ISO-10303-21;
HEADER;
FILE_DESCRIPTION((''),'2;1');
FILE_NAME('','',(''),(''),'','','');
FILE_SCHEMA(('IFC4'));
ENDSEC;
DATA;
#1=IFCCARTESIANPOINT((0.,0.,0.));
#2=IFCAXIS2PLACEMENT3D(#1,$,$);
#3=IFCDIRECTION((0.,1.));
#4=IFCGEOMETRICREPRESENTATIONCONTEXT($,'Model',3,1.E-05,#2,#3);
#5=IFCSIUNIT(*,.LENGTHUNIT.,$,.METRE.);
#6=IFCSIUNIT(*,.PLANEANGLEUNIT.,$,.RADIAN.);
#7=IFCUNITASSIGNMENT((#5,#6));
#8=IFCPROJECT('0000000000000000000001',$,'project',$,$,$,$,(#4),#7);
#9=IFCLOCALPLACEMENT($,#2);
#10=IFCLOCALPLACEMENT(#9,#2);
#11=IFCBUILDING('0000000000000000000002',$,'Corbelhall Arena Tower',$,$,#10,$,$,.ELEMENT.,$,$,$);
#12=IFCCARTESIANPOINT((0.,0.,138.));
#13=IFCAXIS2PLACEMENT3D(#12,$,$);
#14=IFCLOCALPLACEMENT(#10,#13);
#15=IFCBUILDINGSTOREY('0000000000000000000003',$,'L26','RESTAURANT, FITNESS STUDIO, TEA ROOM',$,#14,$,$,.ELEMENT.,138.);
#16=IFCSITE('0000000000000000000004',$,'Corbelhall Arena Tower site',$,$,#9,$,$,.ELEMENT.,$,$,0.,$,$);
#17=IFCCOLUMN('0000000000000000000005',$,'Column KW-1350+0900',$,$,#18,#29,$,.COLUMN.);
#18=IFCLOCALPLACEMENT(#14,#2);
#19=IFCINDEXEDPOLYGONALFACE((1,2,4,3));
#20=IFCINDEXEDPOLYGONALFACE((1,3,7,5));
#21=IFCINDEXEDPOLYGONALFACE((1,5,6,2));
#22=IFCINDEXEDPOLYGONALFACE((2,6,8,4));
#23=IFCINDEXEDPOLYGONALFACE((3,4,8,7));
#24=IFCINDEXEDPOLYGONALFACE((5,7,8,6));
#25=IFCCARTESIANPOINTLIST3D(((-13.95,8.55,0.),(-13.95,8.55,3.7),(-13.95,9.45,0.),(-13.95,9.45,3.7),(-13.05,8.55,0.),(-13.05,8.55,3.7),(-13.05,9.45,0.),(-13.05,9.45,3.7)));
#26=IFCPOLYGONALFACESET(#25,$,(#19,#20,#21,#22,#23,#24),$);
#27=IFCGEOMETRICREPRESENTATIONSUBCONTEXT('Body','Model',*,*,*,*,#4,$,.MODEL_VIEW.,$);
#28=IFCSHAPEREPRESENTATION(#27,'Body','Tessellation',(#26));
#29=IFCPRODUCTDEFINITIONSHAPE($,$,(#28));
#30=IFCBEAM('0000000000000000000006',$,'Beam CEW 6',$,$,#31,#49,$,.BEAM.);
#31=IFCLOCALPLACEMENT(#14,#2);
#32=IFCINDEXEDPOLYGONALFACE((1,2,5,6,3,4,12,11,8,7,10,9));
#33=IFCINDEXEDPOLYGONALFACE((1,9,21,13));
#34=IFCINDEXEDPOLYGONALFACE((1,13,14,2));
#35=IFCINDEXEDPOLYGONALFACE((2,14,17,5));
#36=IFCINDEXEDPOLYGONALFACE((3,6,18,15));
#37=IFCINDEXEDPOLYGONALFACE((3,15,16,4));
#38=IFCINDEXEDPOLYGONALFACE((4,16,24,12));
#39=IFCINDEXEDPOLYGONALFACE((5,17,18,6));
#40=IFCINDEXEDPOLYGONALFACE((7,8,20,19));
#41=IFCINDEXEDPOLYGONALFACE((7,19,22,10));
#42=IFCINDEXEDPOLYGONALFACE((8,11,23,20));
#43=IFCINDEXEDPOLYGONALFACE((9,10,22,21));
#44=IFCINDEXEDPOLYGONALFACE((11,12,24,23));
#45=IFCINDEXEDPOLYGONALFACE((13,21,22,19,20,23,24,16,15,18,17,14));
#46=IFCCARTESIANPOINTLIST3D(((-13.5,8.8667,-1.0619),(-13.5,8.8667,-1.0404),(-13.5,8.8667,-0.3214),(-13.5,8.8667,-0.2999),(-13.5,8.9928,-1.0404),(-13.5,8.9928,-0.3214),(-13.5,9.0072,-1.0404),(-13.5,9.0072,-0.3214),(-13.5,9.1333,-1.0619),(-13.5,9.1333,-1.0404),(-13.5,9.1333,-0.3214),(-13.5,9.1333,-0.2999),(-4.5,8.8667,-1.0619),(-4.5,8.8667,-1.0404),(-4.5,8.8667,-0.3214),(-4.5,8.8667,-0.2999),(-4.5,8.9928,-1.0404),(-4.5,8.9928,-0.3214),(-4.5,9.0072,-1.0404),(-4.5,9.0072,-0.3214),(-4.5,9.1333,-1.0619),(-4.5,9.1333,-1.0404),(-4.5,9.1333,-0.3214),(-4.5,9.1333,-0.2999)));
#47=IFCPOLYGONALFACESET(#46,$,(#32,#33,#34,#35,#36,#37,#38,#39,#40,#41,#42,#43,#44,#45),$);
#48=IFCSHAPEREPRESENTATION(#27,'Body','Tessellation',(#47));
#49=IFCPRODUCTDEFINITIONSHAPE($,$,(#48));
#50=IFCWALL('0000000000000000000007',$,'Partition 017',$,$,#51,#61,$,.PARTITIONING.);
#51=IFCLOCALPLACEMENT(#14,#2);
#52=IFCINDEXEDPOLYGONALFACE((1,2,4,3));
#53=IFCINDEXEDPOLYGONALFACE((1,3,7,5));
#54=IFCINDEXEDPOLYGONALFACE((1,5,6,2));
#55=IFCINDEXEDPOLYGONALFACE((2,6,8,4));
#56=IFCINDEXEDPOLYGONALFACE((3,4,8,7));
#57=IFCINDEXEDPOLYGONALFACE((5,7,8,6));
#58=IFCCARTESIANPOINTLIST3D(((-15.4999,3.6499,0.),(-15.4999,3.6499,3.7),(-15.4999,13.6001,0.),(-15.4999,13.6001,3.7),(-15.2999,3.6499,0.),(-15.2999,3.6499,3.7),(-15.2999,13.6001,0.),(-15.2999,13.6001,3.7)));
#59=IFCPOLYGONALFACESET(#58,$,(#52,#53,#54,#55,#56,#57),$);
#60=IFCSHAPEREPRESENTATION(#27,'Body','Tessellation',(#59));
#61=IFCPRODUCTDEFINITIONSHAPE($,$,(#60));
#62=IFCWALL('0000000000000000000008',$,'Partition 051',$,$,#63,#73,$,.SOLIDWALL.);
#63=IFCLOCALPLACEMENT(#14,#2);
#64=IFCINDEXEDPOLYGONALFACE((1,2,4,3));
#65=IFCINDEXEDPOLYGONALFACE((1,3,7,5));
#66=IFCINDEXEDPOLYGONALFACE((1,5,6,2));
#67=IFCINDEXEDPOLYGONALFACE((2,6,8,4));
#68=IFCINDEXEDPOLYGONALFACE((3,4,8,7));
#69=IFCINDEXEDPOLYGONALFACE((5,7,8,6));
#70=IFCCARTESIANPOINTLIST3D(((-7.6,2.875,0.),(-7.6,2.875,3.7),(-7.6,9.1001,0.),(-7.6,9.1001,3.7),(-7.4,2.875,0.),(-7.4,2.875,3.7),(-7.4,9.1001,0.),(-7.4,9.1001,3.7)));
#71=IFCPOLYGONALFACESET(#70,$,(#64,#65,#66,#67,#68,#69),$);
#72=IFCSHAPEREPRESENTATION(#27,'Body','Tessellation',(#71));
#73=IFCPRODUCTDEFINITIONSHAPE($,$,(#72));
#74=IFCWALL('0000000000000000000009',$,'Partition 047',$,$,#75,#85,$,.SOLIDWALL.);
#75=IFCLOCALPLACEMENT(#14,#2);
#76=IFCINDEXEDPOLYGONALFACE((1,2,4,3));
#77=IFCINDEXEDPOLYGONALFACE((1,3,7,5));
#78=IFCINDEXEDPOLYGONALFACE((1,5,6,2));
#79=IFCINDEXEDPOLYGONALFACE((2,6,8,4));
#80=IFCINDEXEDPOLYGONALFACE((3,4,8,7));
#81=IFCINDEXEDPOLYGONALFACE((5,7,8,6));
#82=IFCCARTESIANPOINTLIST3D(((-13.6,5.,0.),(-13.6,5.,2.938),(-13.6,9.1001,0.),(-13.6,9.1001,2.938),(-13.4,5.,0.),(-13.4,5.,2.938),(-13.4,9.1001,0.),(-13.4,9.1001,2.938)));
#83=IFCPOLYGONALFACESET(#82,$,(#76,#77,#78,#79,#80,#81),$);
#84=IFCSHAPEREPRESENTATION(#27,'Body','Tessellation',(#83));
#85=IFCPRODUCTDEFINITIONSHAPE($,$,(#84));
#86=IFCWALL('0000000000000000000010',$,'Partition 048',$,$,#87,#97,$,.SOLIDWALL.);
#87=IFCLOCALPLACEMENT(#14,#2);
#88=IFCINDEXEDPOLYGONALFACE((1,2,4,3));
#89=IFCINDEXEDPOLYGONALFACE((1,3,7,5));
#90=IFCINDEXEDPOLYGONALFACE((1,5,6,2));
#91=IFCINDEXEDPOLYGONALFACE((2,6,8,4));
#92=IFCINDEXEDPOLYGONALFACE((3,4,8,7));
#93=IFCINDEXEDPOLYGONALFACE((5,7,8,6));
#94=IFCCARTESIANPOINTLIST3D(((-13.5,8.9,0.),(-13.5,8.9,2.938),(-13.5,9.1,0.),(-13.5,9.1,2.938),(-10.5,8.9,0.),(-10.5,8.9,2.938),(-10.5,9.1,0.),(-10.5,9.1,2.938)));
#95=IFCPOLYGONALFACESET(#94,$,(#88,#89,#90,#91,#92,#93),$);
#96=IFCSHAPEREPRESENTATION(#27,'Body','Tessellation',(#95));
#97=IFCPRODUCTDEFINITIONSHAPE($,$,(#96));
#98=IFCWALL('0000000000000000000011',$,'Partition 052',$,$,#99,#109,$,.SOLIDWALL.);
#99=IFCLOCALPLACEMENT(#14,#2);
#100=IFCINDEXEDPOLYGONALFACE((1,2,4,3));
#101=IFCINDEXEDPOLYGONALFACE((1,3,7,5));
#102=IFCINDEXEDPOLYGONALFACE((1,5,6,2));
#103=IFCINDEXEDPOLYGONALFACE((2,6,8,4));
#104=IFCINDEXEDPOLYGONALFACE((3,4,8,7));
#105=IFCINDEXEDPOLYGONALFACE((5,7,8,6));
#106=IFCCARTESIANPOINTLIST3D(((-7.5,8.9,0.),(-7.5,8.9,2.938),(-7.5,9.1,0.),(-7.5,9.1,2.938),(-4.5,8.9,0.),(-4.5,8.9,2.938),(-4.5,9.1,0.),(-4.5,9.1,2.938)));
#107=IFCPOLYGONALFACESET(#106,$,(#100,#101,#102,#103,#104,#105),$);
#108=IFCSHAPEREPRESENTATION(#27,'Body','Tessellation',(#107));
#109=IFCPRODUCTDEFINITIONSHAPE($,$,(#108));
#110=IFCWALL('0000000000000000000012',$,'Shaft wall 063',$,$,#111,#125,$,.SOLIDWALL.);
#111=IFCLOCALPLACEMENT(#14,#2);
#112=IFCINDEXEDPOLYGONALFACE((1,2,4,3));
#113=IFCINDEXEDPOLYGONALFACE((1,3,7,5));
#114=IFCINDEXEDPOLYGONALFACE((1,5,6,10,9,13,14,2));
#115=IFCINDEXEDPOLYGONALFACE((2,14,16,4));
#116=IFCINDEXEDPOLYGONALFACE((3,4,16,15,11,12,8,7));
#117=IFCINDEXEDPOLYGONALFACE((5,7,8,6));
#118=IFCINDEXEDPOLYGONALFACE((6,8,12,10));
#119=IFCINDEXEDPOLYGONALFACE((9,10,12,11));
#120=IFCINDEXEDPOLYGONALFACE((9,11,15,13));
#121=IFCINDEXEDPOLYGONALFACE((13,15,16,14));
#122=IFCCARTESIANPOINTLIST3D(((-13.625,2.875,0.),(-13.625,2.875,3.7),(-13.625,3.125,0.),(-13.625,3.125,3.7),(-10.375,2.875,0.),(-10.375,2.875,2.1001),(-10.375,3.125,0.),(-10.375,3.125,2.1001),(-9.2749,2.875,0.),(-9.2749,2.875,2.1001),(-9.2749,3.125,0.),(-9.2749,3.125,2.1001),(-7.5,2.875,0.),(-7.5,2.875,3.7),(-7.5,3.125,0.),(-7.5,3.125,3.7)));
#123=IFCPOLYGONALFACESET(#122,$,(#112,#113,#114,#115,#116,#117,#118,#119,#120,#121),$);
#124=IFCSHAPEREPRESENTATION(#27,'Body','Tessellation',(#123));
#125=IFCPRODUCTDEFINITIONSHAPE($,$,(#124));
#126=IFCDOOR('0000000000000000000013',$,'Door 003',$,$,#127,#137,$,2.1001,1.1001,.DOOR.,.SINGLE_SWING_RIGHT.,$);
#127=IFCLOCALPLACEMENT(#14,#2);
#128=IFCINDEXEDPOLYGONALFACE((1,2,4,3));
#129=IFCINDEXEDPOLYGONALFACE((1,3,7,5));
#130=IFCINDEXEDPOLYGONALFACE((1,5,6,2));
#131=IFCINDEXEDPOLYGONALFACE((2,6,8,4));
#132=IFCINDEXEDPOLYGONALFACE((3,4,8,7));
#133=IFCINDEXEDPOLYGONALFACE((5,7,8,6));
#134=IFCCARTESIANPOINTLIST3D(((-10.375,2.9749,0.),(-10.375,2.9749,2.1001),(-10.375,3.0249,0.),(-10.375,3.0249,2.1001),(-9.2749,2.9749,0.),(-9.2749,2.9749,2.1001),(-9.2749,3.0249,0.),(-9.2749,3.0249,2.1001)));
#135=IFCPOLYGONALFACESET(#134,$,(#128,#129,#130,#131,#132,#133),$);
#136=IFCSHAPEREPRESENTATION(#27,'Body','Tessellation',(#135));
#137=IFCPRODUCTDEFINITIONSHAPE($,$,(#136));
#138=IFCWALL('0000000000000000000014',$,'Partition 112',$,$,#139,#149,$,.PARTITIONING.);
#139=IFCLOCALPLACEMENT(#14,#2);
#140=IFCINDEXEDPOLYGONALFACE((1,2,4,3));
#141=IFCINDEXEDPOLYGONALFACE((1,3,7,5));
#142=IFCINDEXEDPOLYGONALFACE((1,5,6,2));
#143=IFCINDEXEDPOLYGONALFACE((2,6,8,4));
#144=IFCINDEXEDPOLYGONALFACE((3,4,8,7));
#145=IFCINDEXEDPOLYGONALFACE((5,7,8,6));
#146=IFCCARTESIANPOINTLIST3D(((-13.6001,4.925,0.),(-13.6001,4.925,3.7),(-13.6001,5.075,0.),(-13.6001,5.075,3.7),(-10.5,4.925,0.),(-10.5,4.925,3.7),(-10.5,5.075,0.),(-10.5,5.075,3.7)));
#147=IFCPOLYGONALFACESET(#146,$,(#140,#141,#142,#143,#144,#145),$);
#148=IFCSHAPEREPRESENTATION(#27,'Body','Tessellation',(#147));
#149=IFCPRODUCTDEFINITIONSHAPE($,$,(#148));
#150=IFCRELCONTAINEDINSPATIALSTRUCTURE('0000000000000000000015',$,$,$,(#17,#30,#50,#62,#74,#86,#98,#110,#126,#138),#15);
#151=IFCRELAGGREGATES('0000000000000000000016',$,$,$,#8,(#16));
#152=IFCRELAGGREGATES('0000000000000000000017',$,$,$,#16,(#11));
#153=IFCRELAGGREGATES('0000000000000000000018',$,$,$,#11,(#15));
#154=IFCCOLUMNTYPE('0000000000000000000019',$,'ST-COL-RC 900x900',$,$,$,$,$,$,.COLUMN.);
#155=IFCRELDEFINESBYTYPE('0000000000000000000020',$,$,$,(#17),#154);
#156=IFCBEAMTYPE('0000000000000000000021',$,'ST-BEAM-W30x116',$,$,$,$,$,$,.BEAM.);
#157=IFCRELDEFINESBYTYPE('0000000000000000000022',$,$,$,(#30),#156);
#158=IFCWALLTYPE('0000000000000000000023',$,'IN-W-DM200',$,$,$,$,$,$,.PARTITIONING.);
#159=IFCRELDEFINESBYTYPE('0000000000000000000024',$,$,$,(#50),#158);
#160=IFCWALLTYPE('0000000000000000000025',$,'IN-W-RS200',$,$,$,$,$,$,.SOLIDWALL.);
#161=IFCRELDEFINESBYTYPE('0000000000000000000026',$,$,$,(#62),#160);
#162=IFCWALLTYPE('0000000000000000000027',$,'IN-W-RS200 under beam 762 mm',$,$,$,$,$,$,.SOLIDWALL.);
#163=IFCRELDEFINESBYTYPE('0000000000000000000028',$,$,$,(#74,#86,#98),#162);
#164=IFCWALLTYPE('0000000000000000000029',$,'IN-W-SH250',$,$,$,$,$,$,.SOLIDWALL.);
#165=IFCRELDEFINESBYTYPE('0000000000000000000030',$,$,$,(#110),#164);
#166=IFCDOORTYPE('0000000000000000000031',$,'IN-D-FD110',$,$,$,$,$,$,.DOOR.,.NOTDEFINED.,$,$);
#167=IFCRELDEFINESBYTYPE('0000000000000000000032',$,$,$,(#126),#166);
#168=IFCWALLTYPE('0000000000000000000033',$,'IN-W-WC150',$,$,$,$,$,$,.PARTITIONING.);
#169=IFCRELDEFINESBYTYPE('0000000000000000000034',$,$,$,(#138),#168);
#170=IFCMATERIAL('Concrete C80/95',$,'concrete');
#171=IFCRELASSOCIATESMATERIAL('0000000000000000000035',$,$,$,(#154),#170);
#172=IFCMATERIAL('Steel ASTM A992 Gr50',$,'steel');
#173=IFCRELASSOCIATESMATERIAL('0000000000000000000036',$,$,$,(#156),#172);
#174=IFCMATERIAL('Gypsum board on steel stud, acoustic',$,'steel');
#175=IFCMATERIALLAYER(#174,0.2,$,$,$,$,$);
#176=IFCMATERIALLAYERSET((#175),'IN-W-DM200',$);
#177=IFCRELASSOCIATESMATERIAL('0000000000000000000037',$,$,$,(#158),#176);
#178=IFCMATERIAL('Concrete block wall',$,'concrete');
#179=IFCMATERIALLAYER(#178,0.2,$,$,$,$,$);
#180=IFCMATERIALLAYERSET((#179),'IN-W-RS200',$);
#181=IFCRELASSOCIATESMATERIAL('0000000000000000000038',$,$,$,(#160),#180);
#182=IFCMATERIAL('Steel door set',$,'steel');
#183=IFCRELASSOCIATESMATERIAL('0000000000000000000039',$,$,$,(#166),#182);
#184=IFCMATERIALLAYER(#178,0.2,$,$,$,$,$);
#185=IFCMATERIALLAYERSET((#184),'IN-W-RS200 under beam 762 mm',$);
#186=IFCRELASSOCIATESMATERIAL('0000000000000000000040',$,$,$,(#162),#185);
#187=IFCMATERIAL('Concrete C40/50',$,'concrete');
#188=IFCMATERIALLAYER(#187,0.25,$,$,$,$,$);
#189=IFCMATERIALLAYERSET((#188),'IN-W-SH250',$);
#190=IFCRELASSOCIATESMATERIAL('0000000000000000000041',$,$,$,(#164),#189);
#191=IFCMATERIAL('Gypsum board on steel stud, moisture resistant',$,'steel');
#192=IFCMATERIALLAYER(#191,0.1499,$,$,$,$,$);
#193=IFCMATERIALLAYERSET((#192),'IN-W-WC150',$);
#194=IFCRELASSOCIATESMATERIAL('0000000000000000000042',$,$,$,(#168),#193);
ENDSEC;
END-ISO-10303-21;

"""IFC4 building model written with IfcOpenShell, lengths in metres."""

from ifc_helpers import new_model, si_unit, direction, frame, frame_2d, origin, origin_2d, place, context, subcontext, project, spatial, rectangle, i_section, extrude, material, layer, layer_set, material_profile, profile_set, type_object, element, fill, save


model = new_model("IFC4")

# Units and contexts
model_context = context("Model", 3, precision=1e-05, world=origin(), true_north=direction((0.0, 1.0)))
body_context = subcontext(model_context, "Body", "Model", "MODEL_VIEW")
ifc_project = project(units=[si_unit("LENGTHUNIT", "METRE"), si_unit("PLANEANGLEUNIT", "RADIAN")], contexts=[model_context])

# Site, building, storey
site_placement = place(None, origin())
site = spatial("IfcSite", under=ifc_project, at=site_placement, Name="Corbelhall Arena Tower site", CompositionType="ELEMENT", RefElevation=0.0)
building_placement = place(site_placement, origin())
building = spatial("IfcBuilding", under=site, at=building_placement, Name="Corbelhall Arena Tower", CompositionType="ELEMENT")
storey_placement = place(building_placement, frame((0.0, 0.0, 138.0)))
storey = spatial("IfcBuildingStorey", under=building, at=storey_placement, Name="L26", Description="RESTAURANT, FITNESS STUDIO, TEA ROOM", CompositionType="ELEMENT", Elevation=138.0)

# Column
ifc_material_1 = material(Name="Concrete C80/95", Category="concrete")
ifc_material_profile_1 = material_profile(ifc_material_1, rectangle(XDim=0.8999, YDim=0.8999, at=origin_2d()))
ifc_profile_set_1 = profile_set([ifc_material_profile_1], Name="Concrete C80/95")
column_type = type_object("IfcColumnType", Name="ST-COL-RC 900x900", PredefinedType="COLUMN", material=ifc_profile_set_1)
column_placement = place(storey_placement, frame((-13.5, 9.0, 0.0), z_axis=(0.0, 0.0, 1.0), x_axis=(1.0, 0.0, 0.0)))
element("IfcColumn", 1, at=column_placement, inside=storey, type_object=column_type, Name="Column KW-1350+0900", PredefinedType="COLUMN", context=body_context, shape_type="SweptSolid", body=[
    extrude(rectangle(XDim=0.8999, YDim=0.8999, at=origin_2d()), origin(), (0.0, 0.0, 1.0), 3.7),
])

# Beam
ifc_material_2 = material(Name="Steel ASTM A992 Gr50", Category="steel")
ifc_material_profile_2 = material_profile(ifc_material_2, i_section(OverallWidth=0.2666, OverallDepth=0.762, WebThickness=0.0144, FlangeThickness=0.0215, at=origin_2d()))
ifc_profile_set_2 = profile_set([ifc_material_profile_2], Name="Steel ASTM A992 Gr50")
beam_type = type_object("IfcBeamType", Name="ST-BEAM-W30x116", PredefinedType="BEAM", material=ifc_profile_set_2)
beam_placement = place(storey_placement, frame((-13.5, 9.0, -0.6809), z_axis=(1.0, 0.0, 0.0), x_axis=(0.0, 1.0, 0.0)))
element("IfcBeam", 2, at=beam_placement, inside=storey, type_object=beam_type, Name="Beam CEW 6", PredefinedType="BEAM", context=body_context, shape_type="SweptSolid", body=[
    extrude(i_section(OverallWidth=0.2666, OverallDepth=0.762, WebThickness=0.0144, FlangeThickness=0.0215, at=origin_2d()), origin(), (0.0, 0.0, 1.0), 9.0),
])

# Shared definitions
ifc_material_3 = material(Name="Gypsum board on steel stud, acoustic", Category="steel")
ifc_layer_1 = layer(ifc_material_3, 0.2)
ifc_layer_set_1 = layer_set([ifc_layer_1], Name="IN-W-DM200")
wall_type_1 = type_object("IfcWallType", Name="IN-W-DM200", PredefinedType="PARTITIONING", material=ifc_layer_set_1)
ifc_material_4 = material(Name="Steel door set", Category="steel")

# Wall
wall_1_placement = place(storey_placement, frame((-15.3999, 3.6499, 0.0), z_axis=(0.0, 0.0, 1.0), x_axis=(0.0, 1.0, 0.0)))
element("IfcWall", 3, at=wall_1_placement, inside=storey, type_object=wall_type_1, Name="Partition 017", PredefinedType="PARTITIONING", context=body_context, shape_type="SweptSolid", body=[
    extrude(rectangle(XDim=9.9502, YDim=0.2, at=frame_2d((4.9751, 0.0))), origin(), (0.0, 0.0, 1.0), 3.7),
])

# Shared definitions
ifc_material_5 = material(Name="Concrete block wall", Category="concrete")
ifc_layer_2 = layer(ifc_material_5, 0.2)
ifc_layer_set_2 = layer_set([ifc_layer_2], Name="IN-W-RS200")
wall_type_2 = type_object("IfcWallType", Name="IN-W-RS200", PredefinedType="SOLIDWALL", material=ifc_layer_set_2)
door_type_1 = type_object("IfcDoorType", Name="IN-D-FD110", OperationType="NOTDEFINED", PredefinedType="DOOR", material=ifc_material_4)

# Walls
wall_2_placement = place(storey_placement, frame((-7.5, 2.875, 0.0), z_axis=(0.0, 0.0, 1.0), x_axis=(0.0, 1.0, 0.0)))
element("IfcWall", 4, at=wall_2_placement, inside=storey, type_object=wall_type_2, Name="Partition 051", PredefinedType="SOLIDWALL", context=body_context, shape_type="SweptSolid", body=[
    extrude(rectangle(XDim=6.2251, YDim=0.2, at=frame_2d((3.1125, 0.0))), origin(), (0.0, 0.0, 1.0), 3.7),
])
ifc_layer_3 = layer(ifc_material_5, 0.2)
ifc_layer_set_3 = layer_set([ifc_layer_3], Name="IN-W-RS200 under beam 762 mm")
wall_type_3 = type_object("IfcWallType", Name="IN-W-RS200 under beam 762 mm", PredefinedType="SOLIDWALL", material=ifc_layer_set_3)
wall_3_placement = place(storey_placement, frame((-13.5, 5.0, 0.0), z_axis=(0.0, 0.0, 1.0), x_axis=(0.0, 1.0, 0.0)))
element("IfcWall", 5, at=wall_3_placement, inside=storey, type_object=wall_type_3, Name="Partition 047", PredefinedType="SOLIDWALL", context=body_context, shape_type="SweptSolid", body=[
    extrude(rectangle(XDim=4.1001, YDim=0.2, at=frame_2d((2.05, 0.0))), origin(), (0.0, 0.0, 1.0), 2.938),
])
for number, where, z_axis, x_axis, name in (
    (6, (-13.5, 9.0, 0.0), (0.0, 0.0, 1.0), (1.0, 0.0, 0.0), "Partition 048"),
    (7, (-7.5, 9.0, 0.0), (0.0, 0.0, 1.0), (1.0, 0.0, 0.0), "Partition 052"),
):
    element("IfcWall", number, at=place(storey_placement, frame(where, z_axis=z_axis, x_axis=x_axis)), inside=storey, type_object=wall_type_3, Name=name, PredefinedType="SOLIDWALL", context=body_context, shape_type="SweptSolid", body=[
        extrude(rectangle(XDim=3.0, YDim=0.2, at=frame_2d((1.5, 0.0))), origin(), (0.0, 0.0, 1.0), 2.938),
    ])

# Wall, opening, door
ifc_material_6 = material(Name="Concrete C40/50", Category="concrete")
ifc_layer_4 = layer(ifc_material_6, 0.25)
ifc_layer_set_4 = layer_set([ifc_layer_4], Name="IN-W-SH250")
wall_type_4 = type_object("IfcWallType", Name="IN-W-SH250", PredefinedType="SOLIDWALL", material=ifc_layer_set_4)
wall_4_placement = place(storey_placement, frame((-13.625, 3.0, 0.0), z_axis=(0.0, 0.0, 1.0), x_axis=(1.0, 0.0, 0.0)))
wall_4 = element("IfcWall", 8, at=wall_4_placement, inside=storey, type_object=wall_type_4, Name="Shaft wall 063", PredefinedType="SOLIDWALL", context=body_context, shape_type="SweptSolid", body=[
    extrude(rectangle(XDim=6.125, YDim=0.25, at=frame_2d((3.0625, 0.0))), origin(), (0.0, 0.0, 1.0), 3.7),
])
opening_1_placement = place(wall_4_placement, frame((3.25, 0.0, 0.0)))
opening_1 = element("IfcOpeningElement", 9, at=opening_1_placement, cuts=wall_4, PredefinedType="OPENING", context=body_context, shape_type="SweptSolid", body=[
    extrude(rectangle(XDim=1.1001, YDim=2.1001, at=frame_2d((0.55, 1.05))), frame((0.0, 0.125, 0.0), z_axis=(0.0, -1.0, 0.0), x_axis=(1.0, 0.0, 0.0)), (0.0, 0.0, 1.0), 0.25),
])
door_1_placement = place(opening_1_placement, origin())
door_1 = element("IfcDoor", 10, at=door_1_placement, inside=storey, type_object=door_type_1, Name="Door 003", OperationType="SINGLE_SWING_RIGHT", OverallHeight=2.1001, OverallWidth=1.1001, PredefinedType="DOOR", context=body_context, shape_type="SweptSolid", body=[
    extrude(rectangle(XDim=1.1001, YDim=2.1001, at=frame_2d((0.55, 1.05))), frame((0.0, 0.0249, 0.0), z_axis=(0.0, -1.0, 0.0), x_axis=(1.0, 0.0, 0.0)), (0.0, 0.0, 1.0), 0.05),
])
fill(opening_1, door_1)

# Wall
ifc_material_7 = material(Name="Gypsum board on steel stud, moisture resistant", Category="steel")
ifc_layer_5 = layer(ifc_material_7, 0.1499)
ifc_layer_set_5 = layer_set([ifc_layer_5], Name="IN-W-WC150")
wall_type_5 = type_object("IfcWallType", Name="IN-W-WC150", PredefinedType="PARTITIONING", material=ifc_layer_set_5)
wall_5_placement = place(storey_placement, frame((-13.6001, 5.0, 0.0), z_axis=(0.0, 0.0, 1.0), x_axis=(1.0, 0.0, 0.0)))
element("IfcWall", 11, at=wall_5_placement, inside=storey, type_object=wall_type_5, Name="Partition 112", PredefinedType="PARTITIONING", context=body_context, shape_type="SweptSolid", body=[
    extrude(rectangle(XDim=3.1001, YDim=0.1499, at=frame_2d((1.55, 0.0))), origin(), (0.0, 0.0, 1.0), 3.7),
])

save(model, "model.ifc")
